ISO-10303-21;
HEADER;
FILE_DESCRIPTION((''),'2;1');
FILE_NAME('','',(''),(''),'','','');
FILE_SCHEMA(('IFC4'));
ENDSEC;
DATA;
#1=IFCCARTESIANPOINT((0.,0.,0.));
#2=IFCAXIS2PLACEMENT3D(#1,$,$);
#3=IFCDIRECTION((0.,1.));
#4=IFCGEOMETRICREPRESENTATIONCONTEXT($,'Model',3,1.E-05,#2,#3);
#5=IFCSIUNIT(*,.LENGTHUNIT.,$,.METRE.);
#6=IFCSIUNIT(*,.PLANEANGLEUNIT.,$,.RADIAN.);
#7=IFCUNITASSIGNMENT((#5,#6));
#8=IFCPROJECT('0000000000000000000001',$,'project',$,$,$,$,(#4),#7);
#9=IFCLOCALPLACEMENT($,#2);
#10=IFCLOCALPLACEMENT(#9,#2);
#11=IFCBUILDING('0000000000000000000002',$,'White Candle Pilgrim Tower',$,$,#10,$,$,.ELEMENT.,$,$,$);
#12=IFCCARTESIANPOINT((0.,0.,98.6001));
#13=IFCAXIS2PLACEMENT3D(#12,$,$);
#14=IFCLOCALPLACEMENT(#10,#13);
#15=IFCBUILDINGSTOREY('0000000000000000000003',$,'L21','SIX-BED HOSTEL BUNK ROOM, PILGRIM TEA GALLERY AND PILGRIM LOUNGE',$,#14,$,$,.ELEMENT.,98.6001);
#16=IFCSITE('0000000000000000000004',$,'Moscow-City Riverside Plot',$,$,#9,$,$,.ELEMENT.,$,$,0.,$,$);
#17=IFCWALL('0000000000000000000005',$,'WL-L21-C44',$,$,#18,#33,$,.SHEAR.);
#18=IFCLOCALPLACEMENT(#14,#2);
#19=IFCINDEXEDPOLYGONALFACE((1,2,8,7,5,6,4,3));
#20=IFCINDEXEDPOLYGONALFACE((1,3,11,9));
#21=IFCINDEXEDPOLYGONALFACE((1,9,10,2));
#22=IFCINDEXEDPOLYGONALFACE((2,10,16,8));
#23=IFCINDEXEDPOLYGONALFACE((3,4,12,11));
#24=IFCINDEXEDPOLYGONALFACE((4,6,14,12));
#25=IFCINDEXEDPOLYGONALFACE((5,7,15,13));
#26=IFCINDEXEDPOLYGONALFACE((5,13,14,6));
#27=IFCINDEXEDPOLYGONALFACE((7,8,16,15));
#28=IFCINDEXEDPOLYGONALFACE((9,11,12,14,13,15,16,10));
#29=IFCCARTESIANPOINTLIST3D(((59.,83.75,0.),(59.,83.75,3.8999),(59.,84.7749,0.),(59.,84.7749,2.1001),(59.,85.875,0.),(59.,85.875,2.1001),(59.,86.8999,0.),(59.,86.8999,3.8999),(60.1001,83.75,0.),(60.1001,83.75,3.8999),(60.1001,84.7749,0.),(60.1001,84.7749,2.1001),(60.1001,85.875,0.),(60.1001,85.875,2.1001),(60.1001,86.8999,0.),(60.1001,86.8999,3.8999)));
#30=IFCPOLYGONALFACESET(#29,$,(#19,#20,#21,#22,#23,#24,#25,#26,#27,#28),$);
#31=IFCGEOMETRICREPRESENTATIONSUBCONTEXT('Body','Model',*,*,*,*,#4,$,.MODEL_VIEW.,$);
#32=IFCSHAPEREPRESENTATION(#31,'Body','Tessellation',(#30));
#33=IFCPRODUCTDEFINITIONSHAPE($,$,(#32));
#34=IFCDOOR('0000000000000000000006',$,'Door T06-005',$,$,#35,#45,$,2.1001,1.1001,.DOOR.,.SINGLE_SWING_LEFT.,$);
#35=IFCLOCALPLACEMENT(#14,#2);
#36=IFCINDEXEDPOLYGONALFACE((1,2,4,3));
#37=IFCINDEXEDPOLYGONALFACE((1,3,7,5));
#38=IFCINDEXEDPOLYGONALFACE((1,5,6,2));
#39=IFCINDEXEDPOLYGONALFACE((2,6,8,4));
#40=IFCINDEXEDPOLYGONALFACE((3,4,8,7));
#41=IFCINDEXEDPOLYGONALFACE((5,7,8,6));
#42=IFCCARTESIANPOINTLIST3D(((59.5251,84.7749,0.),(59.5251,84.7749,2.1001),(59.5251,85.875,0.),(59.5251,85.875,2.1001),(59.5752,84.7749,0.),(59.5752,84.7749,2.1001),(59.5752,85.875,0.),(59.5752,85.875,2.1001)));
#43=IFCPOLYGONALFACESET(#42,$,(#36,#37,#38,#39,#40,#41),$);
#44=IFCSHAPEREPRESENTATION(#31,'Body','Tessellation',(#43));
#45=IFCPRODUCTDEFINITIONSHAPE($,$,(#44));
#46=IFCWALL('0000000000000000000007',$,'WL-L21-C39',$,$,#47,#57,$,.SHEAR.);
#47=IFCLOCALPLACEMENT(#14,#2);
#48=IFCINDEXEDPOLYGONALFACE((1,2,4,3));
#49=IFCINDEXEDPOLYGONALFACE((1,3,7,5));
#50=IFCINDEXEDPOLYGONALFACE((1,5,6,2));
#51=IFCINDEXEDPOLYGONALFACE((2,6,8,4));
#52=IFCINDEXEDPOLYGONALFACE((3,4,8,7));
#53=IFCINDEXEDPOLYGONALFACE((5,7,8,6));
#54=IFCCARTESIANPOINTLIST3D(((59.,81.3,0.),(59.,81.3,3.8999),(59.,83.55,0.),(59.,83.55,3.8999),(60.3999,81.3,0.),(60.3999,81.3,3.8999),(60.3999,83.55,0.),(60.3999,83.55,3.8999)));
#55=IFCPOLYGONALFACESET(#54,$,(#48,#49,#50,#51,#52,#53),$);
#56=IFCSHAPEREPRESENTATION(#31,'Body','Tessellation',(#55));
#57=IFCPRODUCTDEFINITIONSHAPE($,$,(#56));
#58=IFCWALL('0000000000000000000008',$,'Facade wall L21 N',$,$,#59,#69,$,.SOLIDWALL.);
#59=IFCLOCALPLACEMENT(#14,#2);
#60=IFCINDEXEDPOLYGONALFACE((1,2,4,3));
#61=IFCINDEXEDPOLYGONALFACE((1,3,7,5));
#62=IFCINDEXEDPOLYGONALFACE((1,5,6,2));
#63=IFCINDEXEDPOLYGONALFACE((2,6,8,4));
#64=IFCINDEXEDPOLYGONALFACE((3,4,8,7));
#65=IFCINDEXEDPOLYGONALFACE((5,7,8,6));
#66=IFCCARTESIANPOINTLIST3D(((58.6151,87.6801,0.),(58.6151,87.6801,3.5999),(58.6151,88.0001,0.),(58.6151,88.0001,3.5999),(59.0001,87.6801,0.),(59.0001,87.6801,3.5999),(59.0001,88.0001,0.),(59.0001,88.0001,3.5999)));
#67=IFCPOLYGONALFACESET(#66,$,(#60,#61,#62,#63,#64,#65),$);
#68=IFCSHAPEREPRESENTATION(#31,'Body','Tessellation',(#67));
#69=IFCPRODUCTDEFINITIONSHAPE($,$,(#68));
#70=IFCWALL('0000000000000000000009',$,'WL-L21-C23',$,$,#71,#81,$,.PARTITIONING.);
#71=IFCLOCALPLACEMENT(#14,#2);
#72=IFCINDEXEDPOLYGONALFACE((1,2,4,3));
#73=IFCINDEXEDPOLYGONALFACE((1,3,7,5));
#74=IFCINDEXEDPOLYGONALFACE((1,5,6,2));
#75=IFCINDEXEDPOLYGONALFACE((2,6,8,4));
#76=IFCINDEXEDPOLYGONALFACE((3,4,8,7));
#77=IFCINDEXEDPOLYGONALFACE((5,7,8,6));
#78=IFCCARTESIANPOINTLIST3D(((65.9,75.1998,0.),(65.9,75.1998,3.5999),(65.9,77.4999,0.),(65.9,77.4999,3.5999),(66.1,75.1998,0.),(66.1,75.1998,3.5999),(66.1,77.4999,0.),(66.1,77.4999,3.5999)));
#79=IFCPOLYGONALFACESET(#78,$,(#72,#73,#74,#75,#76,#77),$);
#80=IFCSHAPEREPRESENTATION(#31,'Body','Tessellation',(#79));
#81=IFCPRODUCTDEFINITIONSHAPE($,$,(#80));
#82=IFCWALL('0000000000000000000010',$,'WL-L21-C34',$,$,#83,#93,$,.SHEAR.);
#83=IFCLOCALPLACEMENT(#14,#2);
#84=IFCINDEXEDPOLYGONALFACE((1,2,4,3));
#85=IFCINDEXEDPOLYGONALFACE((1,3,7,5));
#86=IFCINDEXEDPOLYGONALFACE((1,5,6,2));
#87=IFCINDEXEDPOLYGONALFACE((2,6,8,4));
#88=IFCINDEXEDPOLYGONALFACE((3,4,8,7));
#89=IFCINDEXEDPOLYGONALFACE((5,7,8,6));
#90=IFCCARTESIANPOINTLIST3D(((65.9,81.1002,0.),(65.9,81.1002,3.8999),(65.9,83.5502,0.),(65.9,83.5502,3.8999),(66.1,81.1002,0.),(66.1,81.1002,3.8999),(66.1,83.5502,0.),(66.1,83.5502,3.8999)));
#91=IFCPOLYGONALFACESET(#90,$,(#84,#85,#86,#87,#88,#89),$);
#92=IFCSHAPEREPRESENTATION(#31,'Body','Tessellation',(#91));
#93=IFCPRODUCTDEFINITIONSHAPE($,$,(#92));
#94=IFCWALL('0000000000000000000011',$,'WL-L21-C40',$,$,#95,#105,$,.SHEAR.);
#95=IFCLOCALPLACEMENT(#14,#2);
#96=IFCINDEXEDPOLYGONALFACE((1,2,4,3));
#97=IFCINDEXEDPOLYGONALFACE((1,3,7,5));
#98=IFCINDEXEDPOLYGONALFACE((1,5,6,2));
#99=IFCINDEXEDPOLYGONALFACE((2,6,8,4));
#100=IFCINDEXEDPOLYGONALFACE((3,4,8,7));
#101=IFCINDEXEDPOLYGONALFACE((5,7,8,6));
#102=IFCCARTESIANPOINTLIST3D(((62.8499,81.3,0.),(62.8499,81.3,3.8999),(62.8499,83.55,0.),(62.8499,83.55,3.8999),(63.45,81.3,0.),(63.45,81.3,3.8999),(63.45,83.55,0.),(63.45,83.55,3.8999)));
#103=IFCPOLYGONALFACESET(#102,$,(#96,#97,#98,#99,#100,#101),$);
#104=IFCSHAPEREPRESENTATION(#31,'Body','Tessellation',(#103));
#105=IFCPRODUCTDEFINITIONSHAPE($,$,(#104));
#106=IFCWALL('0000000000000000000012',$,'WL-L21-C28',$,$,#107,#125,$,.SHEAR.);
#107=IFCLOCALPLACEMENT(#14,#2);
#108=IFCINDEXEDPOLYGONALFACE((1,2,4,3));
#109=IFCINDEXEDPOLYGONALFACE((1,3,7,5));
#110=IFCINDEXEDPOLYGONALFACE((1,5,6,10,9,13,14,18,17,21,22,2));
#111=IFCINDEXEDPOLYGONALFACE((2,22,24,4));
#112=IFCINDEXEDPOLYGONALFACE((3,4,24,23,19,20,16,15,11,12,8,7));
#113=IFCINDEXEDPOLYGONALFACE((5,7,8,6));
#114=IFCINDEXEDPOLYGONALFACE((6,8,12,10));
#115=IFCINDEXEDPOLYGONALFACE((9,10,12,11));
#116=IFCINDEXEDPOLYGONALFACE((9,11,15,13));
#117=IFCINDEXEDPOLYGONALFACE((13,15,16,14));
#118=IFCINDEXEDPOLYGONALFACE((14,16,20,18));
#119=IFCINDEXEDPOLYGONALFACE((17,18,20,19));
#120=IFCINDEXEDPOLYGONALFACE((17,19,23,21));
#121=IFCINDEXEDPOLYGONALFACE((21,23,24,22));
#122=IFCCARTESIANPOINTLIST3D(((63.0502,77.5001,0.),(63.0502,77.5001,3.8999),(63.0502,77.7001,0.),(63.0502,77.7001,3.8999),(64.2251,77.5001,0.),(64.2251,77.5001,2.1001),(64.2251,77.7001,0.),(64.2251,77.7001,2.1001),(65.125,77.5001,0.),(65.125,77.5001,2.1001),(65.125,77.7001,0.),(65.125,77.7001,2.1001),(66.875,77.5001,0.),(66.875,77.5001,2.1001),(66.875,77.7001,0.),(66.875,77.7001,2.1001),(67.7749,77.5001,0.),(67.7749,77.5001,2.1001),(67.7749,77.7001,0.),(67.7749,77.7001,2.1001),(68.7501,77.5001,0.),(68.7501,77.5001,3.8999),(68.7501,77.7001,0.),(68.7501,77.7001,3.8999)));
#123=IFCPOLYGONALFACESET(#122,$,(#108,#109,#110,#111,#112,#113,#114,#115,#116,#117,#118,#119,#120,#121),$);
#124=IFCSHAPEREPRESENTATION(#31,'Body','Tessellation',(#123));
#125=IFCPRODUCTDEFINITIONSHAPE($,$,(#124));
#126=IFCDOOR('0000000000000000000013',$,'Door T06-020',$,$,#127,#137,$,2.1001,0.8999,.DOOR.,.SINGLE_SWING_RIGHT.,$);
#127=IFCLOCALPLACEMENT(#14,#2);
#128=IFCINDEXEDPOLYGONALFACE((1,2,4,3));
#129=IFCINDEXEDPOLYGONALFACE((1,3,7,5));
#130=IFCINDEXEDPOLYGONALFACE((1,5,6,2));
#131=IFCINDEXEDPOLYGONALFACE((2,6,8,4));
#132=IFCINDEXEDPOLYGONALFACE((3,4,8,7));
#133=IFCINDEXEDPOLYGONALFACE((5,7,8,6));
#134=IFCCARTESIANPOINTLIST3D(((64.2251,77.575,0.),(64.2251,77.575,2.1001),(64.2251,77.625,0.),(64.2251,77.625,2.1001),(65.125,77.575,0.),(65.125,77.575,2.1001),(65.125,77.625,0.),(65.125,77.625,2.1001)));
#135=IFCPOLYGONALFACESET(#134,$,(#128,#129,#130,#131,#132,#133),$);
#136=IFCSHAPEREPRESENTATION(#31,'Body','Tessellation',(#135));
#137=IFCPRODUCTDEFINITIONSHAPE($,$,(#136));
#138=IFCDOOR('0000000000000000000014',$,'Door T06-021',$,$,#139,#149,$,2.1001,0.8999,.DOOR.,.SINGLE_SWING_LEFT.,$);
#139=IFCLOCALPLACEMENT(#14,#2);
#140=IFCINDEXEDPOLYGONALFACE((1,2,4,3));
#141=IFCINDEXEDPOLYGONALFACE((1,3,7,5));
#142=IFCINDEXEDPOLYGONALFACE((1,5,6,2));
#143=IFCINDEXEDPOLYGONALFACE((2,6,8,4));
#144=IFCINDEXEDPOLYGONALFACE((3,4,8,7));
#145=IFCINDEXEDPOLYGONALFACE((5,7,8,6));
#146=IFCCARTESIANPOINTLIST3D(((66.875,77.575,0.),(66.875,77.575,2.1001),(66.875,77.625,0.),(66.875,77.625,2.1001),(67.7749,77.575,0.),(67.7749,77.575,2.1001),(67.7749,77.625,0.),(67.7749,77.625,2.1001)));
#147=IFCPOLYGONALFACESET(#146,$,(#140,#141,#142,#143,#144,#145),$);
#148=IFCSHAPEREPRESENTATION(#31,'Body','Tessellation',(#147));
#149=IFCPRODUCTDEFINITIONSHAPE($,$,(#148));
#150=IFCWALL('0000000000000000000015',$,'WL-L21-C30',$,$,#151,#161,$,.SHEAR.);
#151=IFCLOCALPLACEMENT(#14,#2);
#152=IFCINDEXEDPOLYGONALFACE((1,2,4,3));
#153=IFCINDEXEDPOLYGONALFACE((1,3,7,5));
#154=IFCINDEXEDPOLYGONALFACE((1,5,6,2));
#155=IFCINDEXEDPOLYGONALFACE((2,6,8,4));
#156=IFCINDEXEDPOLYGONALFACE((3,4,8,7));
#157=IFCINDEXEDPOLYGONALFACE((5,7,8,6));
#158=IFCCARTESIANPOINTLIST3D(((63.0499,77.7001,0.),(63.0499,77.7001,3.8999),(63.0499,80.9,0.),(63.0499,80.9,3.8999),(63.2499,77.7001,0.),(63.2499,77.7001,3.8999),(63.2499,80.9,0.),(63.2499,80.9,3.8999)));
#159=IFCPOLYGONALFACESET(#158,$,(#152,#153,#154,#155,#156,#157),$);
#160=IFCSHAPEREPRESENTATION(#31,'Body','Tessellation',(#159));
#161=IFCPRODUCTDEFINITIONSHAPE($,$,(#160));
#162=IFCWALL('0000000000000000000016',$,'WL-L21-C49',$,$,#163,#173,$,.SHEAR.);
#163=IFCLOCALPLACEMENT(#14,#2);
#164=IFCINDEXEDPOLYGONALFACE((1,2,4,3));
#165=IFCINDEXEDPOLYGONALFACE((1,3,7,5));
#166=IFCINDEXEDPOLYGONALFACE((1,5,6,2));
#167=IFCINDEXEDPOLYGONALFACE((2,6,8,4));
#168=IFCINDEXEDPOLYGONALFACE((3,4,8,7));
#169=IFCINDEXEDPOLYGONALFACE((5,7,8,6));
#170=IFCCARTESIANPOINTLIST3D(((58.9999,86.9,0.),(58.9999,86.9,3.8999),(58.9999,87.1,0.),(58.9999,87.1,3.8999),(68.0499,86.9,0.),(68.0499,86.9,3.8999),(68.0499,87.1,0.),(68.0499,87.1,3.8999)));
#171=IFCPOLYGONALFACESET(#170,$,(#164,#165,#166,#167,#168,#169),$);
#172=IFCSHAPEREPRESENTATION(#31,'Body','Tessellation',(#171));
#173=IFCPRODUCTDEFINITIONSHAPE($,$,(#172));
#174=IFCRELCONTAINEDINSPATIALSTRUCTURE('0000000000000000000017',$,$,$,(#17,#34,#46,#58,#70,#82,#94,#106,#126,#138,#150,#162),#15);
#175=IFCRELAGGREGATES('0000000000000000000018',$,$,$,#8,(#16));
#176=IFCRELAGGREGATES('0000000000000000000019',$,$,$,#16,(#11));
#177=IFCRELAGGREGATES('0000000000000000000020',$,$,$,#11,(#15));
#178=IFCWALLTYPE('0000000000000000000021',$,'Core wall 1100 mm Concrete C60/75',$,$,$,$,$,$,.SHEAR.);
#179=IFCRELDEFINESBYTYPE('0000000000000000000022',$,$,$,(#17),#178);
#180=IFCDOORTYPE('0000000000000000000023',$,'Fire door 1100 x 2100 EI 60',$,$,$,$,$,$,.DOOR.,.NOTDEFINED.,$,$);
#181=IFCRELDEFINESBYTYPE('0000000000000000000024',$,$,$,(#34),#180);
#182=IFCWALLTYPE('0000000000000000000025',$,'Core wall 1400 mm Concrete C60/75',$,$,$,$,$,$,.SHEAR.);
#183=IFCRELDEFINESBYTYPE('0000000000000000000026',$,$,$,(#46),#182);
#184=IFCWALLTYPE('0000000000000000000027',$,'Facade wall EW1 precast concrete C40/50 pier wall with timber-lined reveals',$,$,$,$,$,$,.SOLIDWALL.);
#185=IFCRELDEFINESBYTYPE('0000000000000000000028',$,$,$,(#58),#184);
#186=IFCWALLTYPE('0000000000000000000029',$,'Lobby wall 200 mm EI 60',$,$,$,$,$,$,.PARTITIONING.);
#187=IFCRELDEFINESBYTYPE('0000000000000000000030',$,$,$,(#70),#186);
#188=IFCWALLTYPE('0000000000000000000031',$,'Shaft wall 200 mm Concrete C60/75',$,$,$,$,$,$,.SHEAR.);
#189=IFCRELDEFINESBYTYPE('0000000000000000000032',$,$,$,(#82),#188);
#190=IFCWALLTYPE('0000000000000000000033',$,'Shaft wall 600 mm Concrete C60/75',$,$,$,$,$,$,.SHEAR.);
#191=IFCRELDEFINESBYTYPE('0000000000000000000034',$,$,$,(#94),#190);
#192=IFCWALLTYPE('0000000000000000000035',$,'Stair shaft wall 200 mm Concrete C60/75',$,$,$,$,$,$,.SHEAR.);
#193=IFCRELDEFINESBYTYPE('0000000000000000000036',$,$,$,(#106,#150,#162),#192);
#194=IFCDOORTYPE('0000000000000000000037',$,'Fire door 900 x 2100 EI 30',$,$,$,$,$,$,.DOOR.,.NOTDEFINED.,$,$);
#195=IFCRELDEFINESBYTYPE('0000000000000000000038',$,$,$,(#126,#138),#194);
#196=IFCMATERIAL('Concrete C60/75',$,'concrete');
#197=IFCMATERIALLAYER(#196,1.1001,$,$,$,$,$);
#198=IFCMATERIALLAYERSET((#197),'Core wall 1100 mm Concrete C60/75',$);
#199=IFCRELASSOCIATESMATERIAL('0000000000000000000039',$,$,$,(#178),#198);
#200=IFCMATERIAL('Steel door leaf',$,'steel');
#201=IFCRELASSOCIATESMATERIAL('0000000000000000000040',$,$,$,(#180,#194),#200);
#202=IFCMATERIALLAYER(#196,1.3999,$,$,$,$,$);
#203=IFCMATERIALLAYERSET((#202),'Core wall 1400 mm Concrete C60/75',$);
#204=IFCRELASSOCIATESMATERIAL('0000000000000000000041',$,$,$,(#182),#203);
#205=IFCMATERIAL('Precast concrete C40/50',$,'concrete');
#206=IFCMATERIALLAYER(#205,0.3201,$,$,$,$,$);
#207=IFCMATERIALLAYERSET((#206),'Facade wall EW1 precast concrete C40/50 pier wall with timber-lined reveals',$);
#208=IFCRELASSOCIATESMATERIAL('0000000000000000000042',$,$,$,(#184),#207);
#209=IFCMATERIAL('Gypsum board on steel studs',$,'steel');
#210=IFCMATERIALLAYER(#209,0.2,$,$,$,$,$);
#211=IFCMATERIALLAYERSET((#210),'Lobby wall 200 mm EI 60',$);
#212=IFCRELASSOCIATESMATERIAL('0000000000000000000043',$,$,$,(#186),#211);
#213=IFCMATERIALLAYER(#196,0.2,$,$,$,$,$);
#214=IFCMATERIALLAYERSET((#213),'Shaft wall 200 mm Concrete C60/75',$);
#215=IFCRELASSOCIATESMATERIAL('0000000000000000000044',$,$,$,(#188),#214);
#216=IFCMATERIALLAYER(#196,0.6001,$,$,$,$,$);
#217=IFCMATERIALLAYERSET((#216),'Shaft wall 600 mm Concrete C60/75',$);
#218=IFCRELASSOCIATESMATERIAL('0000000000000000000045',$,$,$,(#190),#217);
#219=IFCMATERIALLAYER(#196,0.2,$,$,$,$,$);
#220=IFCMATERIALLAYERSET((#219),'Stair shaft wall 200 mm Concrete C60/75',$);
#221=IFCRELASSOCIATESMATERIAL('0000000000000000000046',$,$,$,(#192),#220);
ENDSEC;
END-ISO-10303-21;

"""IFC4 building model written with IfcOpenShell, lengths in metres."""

from ifc_helpers import new_model, si_unit, direction, frame, frame_2d, origin, place, context, subcontext, project, spatial, rectangle, extrude, material, layer, layer_set, type_object, element, fill, save


model = new_model("IFC4")

# Units and contexts
model_context = context("Model", 3, precision=1e-05, world=origin(), true_north=direction((0.0, 1.0)))
body_context = subcontext(model_context, "Body", "Model", "MODEL_VIEW")
ifc_project = project(units=[si_unit("LENGTHUNIT", "METRE"), si_unit("PLANEANGLEUNIT", "RADIAN")], contexts=[model_context])

# Site, building, storey
site_placement = place(None, origin())
site = spatial("IfcSite", under=ifc_project, at=site_placement, Name="Moscow-City Riverside Plot", CompositionType="ELEMENT", RefElevation=0.0)
building_placement = place(site_placement, origin())
building = spatial("IfcBuilding", under=site, at=building_placement, Name="White Candle Pilgrim Tower", CompositionType="ELEMENT")
storey_placement = place(building_placement, frame((0.0, 0.0, 98.6001)))
storey = spatial("IfcBuildingStorey", under=building, at=storey_placement, Name="L21", Description="SIX-BED HOSTEL BUNK ROOM, PILGRIM TEA GALLERY AND PILGRIM LOUNGE", CompositionType="ELEMENT", Elevation=98.6001)

# Wall, opening, door
ifc_material_1 = material(Name="Concrete C60/75", Category="concrete")
ifc_layer_1 = layer(ifc_material_1, 1.1001)
ifc_layer_set_1 = layer_set([ifc_layer_1], Name="Core wall 1100 mm Concrete C60/75")
wall_type_1 = type_object("IfcWallType", Name="Core wall 1100 mm Concrete C60/75", PredefinedType="SHEAR", material=ifc_layer_set_1)
wall_1_placement = place(storey_placement, frame((59.55, 83.75, 0.0), z_axis=(0.0, 0.0, 1.0), x_axis=(0.0, 1.0, 0.0)))
wall_1 = element("IfcWall", 1, at=wall_1_placement, inside=storey, type_object=wall_type_1, Name="WL-L21-C44", PredefinedType="SHEAR", context=body_context, shape_type="SweptSolid", body=[
    extrude(rectangle(XDim=3.1499, YDim=1.1001, at=frame_2d((1.575, 0.0))), origin(), (0.0, 0.0, 1.0), 3.8999),
])
opening_1_placement = place(wall_1_placement, frame((1.0249, 0.0, 0.0)))
opening_1 = element("IfcOpeningElement", 2, at=opening_1_placement, cuts=wall_1, PredefinedType="OPENING", context=body_context, shape_type="SweptSolid", body=[
    extrude(rectangle(XDim=1.1001, YDim=2.1001, at=frame_2d((0.55, 1.05))), frame((0.0, 0.5601, 0.0), z_axis=(0.0, -1.0, 0.0), x_axis=(1.0, 0.0, 0.0)), (0.0, 0.0, 1.0), 1.1201),
])
ifc_material_2 = material(Name="Steel door leaf", Category="steel")
door_type_1 = type_object("IfcDoorType", Name="Fire door 1100 x 2100 EI 60", OperationType="NOTDEFINED", PredefinedType="DOOR", material=ifc_material_2)
door_1_placement = place(opening_1_placement, origin())
door_1 = element("IfcDoor", 3, at=door_1_placement, inside=storey, type_object=door_type_1, Name="Door T06-005", OperationType="SINGLE_SWING_LEFT", OverallHeight=2.1001, OverallWidth=1.1001, PredefinedType="DOOR", context=body_context, shape_type="SweptSolid", body=[
    extrude(rectangle(XDim=1.1001, YDim=2.1001, at=frame_2d((0.55, 1.05))), frame((0.0, 0.0249, 0.0), z_axis=(0.0, -1.0, 0.0), x_axis=(1.0, 0.0, 0.0)), (0.0, 0.0, 1.0), 0.05),
])
fill(opening_1, door_1)

# Walls
ifc_layer_2 = layer(ifc_material_1, 1.3999)
ifc_layer_set_2 = layer_set([ifc_layer_2], Name="Core wall 1400 mm Concrete C60/75")
wall_type_2 = type_object("IfcWallType", Name="Core wall 1400 mm Concrete C60/75", PredefinedType="SHEAR", material=ifc_layer_set_2)
wall_2_placement = place(storey_placement, frame((59.7, 81.3, 0.0), z_axis=(0.0, 0.0, 1.0), x_axis=(0.0, 1.0, 0.0)))
element("IfcWall", 4, at=wall_2_placement, inside=storey, type_object=wall_type_2, Name="WL-L21-C39", PredefinedType="SHEAR", context=body_context, shape_type="SweptSolid", body=[
    extrude(rectangle(XDim=2.25, YDim=1.3999, at=frame_2d((1.125, 0.0))), origin(), (0.0, 0.0, 1.0), 3.8999),
])
ifc_material_3 = material(Name="Precast concrete C40/50", Category="concrete")
ifc_layer_3 = layer(ifc_material_3, 0.3201)
ifc_layer_set_3 = layer_set([ifc_layer_3], Name="Facade wall EW1 precast concrete C40/50 pier wall with timber-lined reveals")
wall_type_3 = type_object("IfcWallType", Name="Facade wall EW1 precast concrete C40/50 pier wall with timber-lined reveals", PredefinedType="SOLIDWALL", material=ifc_layer_set_3)
wall_3_placement = place(storey_placement, frame((59.0, 87.8401, 0.0), z_axis=(0.0, 0.0, 1.0), x_axis=(-1.0, 0.0, 0.0)))
element("IfcWall", 5, at=wall_3_placement, inside=storey, type_object=wall_type_3, Name="Facade wall L21 N", PredefinedType="SOLIDWALL", context=body_context, shape_type="SweptSolid", body=[
    extrude(rectangle(XDim=0.385, YDim=0.3201, at=frame_2d((0.1924, 0.0))), origin(), (0.0, 0.0, 1.0), 3.5999),
])
ifc_material_4 = material(Name="Gypsum board on steel studs", Category="steel")
ifc_layer_4 = layer(ifc_material_4, 0.2)
ifc_layer_set_4 = layer_set([ifc_layer_4], Name="Lobby wall 200 mm EI 60")
wall_type_4 = type_object("IfcWallType", Name="Lobby wall 200 mm EI 60", PredefinedType="PARTITIONING", material=ifc_layer_set_4)
wall_4_placement = place(storey_placement, frame((66.0, 75.2, 0.0), z_axis=(0.0, 0.0, 1.0), x_axis=(0.0, 1.0, 0.0)))
element("IfcWall", 6, at=wall_4_placement, inside=storey, type_object=wall_type_4, Name="WL-L21-C23", PredefinedType="PARTITIONING", context=body_context, shape_type="SweptSolid", body=[
    extrude(rectangle(XDim=2.3, YDim=0.2, at=frame_2d((1.1499, 0.0))), origin(), (0.0, 0.0, 1.0), 3.5999),
])
ifc_layer_5 = layer(ifc_material_1, 0.2)
ifc_layer_set_5 = layer_set([ifc_layer_5], Name="Shaft wall 200 mm Concrete C60/75")
wall_type_5 = type_object("IfcWallType", Name="Shaft wall 200 mm Concrete C60/75", PredefinedType="SHEAR", material=ifc_layer_set_5)
wall_5_placement = place(storey_placement, frame((66.0, 81.1001, 0.0), z_axis=(0.0, 0.0, 1.0), x_axis=(0.0, 1.0, 0.0)))
element("IfcWall", 7, at=wall_5_placement, inside=storey, type_object=wall_type_5, Name="WL-L21-C34", PredefinedType="SHEAR", context=body_context, shape_type="SweptSolid", body=[
    extrude(rectangle(XDim=2.45, YDim=0.2, at=frame_2d((1.2251, 0.0))), origin(), (0.0, 0.0, 1.0), 3.8999),
])
ifc_layer_6 = layer(ifc_material_1, 0.6001)
ifc_layer_set_6 = layer_set([ifc_layer_6], Name="Shaft wall 600 mm Concrete C60/75")
wall_type_6 = type_object("IfcWallType", Name="Shaft wall 600 mm Concrete C60/75", PredefinedType="SHEAR", material=ifc_layer_set_6)
wall_6_placement = place(storey_placement, frame((63.1499, 81.3, 0.0), z_axis=(0.0, 0.0, 1.0), x_axis=(0.0, 1.0, 0.0)))
element("IfcWall", 8, at=wall_6_placement, inside=storey, type_object=wall_type_6, Name="WL-L21-C40", PredefinedType="SHEAR", context=body_context, shape_type="SweptSolid", body=[
    extrude(rectangle(XDim=2.25, YDim=0.6001, at=frame_2d((1.125, 0.0))), origin(), (0.0, 0.0, 1.0), 3.8999),
])

# Wall, openings, doors
ifc_layer_7 = layer(ifc_material_1, 0.2)
ifc_layer_set_7 = layer_set([ifc_layer_7], Name="Stair shaft wall 200 mm Concrete C60/75")
wall_type_7 = type_object("IfcWallType", Name="Stair shaft wall 200 mm Concrete C60/75", PredefinedType="SHEAR", material=ifc_layer_set_7)
wall_7_placement = place(storey_placement, frame((63.05, 77.6001, 0.0), z_axis=(0.0, 0.0, 1.0), x_axis=(1.0, 0.0, 0.0)))
wall_7 = element("IfcWall", 9, at=wall_7_placement, inside=storey, type_object=wall_type_7, Name="WL-L21-C28", PredefinedType="SHEAR", context=body_context, shape_type="SweptSolid", body=[
    extrude(rectangle(XDim=5.7, YDim=0.2, at=frame_2d((2.8501, 0.0))), origin(), (0.0, 0.0, 1.0), 3.8999),
])
opening_2_placement = place(wall_7_placement, frame((1.175, 0.0, 0.0)))
opening_2 = element("IfcOpeningElement", 10, at=opening_2_placement, cuts=wall_7, PredefinedType="OPENING", context=body_context, shape_type="SweptSolid", body=[
    extrude(rectangle(XDim=0.8999, YDim=2.1001, at=frame_2d((0.45, 1.05))), frame((0.0, 0.1099, 0.0), z_axis=(0.0, -1.0, 0.0), x_axis=(1.0, 0.0, 0.0)), (0.0, 0.0, 1.0), 0.22),
])
opening_3_placement = place(wall_7_placement, frame((3.825, 0.0, 0.0)))
opening_3 = element("IfcOpeningElement", 11, at=opening_3_placement, cuts=wall_7, PredefinedType="OPENING", context=body_context, shape_type="SweptSolid", body=[
    extrude(rectangle(XDim=0.8999, YDim=2.1001, at=frame_2d((0.45, 1.05))), frame((0.0, 0.1099, 0.0), z_axis=(0.0, -1.0, 0.0), x_axis=(1.0, 0.0, 0.0)), (0.0, 0.0, 1.0), 0.22),
])
door_type_2 = type_object("IfcDoorType", Name="Fire door 900 x 2100 EI 30", OperationType="NOTDEFINED", PredefinedType="DOOR", material=ifc_material_2)
door_2_placement = place(opening_2_placement, origin())
door_2 = element("IfcDoor", 12, at=door_2_placement, inside=storey, type_object=door_type_2, Name="Door T06-020", OperationType="SINGLE_SWING_RIGHT", OverallHeight=2.1001, OverallWidth=0.8999, PredefinedType="DOOR", context=body_context, shape_type="SweptSolid", body=[
    extrude(rectangle(XDim=0.8999, YDim=2.1001, at=frame_2d((0.45, 1.05))), frame((0.0, 0.0249, 0.0), z_axis=(0.0, -1.0, 0.0), x_axis=(1.0, 0.0, 0.0)), (0.0, 0.0, 1.0), 0.05),
])
fill(opening_2, door_2)
door_3_placement = place(opening_3_placement, origin())
door_3 = element("IfcDoor", 13, at=door_3_placement, inside=storey, type_object=door_type_2, Name="Door T06-021", OperationType="SINGLE_SWING_LEFT", OverallHeight=2.1001, OverallWidth=0.8999, PredefinedType="DOOR", context=body_context, shape_type="SweptSolid", body=[
    extrude(rectangle(XDim=0.8999, YDim=2.1001, at=frame_2d((0.45, 1.05))), frame((0.0, 0.0249, 0.0), z_axis=(0.0, -1.0, 0.0), x_axis=(1.0, 0.0, 0.0)), (0.0, 0.0, 1.0), 0.05),
])
fill(opening_3, door_3)

# Walls
wall_8_placement = place(storey_placement, frame((63.1499, 77.7, 0.0), z_axis=(0.0, 0.0, 1.0), x_axis=(0.0, 1.0, 0.0)))
element("IfcWall", 14, at=wall_8_placement, inside=storey, type_object=wall_type_7, Name="WL-L21-C30", PredefinedType="SHEAR", context=body_context, shape_type="SweptSolid", body=[
    extrude(rectangle(XDim=3.2, YDim=0.2, at=frame_2d((1.6001, 0.0))), origin(), (0.0, 0.0, 1.0), 3.8999),
])
wall_9_placement = place(storey_placement, frame((59.0, 87.0, 0.0), z_axis=(0.0, 0.0, 1.0), x_axis=(1.0, 0.0, 0.0)))
element("IfcWall", 15, at=wall_9_placement, inside=storey, type_object=wall_type_7, Name="WL-L21-C49", PredefinedType="SHEAR", context=body_context, shape_type="SweptSolid", body=[
    extrude(rectangle(XDim=9.05, YDim=0.2, at=frame_2d((4.5249, 0.0))), origin(), (0.0, 0.0, 1.0), 3.8999),
])

save(model, "model.ifc")
